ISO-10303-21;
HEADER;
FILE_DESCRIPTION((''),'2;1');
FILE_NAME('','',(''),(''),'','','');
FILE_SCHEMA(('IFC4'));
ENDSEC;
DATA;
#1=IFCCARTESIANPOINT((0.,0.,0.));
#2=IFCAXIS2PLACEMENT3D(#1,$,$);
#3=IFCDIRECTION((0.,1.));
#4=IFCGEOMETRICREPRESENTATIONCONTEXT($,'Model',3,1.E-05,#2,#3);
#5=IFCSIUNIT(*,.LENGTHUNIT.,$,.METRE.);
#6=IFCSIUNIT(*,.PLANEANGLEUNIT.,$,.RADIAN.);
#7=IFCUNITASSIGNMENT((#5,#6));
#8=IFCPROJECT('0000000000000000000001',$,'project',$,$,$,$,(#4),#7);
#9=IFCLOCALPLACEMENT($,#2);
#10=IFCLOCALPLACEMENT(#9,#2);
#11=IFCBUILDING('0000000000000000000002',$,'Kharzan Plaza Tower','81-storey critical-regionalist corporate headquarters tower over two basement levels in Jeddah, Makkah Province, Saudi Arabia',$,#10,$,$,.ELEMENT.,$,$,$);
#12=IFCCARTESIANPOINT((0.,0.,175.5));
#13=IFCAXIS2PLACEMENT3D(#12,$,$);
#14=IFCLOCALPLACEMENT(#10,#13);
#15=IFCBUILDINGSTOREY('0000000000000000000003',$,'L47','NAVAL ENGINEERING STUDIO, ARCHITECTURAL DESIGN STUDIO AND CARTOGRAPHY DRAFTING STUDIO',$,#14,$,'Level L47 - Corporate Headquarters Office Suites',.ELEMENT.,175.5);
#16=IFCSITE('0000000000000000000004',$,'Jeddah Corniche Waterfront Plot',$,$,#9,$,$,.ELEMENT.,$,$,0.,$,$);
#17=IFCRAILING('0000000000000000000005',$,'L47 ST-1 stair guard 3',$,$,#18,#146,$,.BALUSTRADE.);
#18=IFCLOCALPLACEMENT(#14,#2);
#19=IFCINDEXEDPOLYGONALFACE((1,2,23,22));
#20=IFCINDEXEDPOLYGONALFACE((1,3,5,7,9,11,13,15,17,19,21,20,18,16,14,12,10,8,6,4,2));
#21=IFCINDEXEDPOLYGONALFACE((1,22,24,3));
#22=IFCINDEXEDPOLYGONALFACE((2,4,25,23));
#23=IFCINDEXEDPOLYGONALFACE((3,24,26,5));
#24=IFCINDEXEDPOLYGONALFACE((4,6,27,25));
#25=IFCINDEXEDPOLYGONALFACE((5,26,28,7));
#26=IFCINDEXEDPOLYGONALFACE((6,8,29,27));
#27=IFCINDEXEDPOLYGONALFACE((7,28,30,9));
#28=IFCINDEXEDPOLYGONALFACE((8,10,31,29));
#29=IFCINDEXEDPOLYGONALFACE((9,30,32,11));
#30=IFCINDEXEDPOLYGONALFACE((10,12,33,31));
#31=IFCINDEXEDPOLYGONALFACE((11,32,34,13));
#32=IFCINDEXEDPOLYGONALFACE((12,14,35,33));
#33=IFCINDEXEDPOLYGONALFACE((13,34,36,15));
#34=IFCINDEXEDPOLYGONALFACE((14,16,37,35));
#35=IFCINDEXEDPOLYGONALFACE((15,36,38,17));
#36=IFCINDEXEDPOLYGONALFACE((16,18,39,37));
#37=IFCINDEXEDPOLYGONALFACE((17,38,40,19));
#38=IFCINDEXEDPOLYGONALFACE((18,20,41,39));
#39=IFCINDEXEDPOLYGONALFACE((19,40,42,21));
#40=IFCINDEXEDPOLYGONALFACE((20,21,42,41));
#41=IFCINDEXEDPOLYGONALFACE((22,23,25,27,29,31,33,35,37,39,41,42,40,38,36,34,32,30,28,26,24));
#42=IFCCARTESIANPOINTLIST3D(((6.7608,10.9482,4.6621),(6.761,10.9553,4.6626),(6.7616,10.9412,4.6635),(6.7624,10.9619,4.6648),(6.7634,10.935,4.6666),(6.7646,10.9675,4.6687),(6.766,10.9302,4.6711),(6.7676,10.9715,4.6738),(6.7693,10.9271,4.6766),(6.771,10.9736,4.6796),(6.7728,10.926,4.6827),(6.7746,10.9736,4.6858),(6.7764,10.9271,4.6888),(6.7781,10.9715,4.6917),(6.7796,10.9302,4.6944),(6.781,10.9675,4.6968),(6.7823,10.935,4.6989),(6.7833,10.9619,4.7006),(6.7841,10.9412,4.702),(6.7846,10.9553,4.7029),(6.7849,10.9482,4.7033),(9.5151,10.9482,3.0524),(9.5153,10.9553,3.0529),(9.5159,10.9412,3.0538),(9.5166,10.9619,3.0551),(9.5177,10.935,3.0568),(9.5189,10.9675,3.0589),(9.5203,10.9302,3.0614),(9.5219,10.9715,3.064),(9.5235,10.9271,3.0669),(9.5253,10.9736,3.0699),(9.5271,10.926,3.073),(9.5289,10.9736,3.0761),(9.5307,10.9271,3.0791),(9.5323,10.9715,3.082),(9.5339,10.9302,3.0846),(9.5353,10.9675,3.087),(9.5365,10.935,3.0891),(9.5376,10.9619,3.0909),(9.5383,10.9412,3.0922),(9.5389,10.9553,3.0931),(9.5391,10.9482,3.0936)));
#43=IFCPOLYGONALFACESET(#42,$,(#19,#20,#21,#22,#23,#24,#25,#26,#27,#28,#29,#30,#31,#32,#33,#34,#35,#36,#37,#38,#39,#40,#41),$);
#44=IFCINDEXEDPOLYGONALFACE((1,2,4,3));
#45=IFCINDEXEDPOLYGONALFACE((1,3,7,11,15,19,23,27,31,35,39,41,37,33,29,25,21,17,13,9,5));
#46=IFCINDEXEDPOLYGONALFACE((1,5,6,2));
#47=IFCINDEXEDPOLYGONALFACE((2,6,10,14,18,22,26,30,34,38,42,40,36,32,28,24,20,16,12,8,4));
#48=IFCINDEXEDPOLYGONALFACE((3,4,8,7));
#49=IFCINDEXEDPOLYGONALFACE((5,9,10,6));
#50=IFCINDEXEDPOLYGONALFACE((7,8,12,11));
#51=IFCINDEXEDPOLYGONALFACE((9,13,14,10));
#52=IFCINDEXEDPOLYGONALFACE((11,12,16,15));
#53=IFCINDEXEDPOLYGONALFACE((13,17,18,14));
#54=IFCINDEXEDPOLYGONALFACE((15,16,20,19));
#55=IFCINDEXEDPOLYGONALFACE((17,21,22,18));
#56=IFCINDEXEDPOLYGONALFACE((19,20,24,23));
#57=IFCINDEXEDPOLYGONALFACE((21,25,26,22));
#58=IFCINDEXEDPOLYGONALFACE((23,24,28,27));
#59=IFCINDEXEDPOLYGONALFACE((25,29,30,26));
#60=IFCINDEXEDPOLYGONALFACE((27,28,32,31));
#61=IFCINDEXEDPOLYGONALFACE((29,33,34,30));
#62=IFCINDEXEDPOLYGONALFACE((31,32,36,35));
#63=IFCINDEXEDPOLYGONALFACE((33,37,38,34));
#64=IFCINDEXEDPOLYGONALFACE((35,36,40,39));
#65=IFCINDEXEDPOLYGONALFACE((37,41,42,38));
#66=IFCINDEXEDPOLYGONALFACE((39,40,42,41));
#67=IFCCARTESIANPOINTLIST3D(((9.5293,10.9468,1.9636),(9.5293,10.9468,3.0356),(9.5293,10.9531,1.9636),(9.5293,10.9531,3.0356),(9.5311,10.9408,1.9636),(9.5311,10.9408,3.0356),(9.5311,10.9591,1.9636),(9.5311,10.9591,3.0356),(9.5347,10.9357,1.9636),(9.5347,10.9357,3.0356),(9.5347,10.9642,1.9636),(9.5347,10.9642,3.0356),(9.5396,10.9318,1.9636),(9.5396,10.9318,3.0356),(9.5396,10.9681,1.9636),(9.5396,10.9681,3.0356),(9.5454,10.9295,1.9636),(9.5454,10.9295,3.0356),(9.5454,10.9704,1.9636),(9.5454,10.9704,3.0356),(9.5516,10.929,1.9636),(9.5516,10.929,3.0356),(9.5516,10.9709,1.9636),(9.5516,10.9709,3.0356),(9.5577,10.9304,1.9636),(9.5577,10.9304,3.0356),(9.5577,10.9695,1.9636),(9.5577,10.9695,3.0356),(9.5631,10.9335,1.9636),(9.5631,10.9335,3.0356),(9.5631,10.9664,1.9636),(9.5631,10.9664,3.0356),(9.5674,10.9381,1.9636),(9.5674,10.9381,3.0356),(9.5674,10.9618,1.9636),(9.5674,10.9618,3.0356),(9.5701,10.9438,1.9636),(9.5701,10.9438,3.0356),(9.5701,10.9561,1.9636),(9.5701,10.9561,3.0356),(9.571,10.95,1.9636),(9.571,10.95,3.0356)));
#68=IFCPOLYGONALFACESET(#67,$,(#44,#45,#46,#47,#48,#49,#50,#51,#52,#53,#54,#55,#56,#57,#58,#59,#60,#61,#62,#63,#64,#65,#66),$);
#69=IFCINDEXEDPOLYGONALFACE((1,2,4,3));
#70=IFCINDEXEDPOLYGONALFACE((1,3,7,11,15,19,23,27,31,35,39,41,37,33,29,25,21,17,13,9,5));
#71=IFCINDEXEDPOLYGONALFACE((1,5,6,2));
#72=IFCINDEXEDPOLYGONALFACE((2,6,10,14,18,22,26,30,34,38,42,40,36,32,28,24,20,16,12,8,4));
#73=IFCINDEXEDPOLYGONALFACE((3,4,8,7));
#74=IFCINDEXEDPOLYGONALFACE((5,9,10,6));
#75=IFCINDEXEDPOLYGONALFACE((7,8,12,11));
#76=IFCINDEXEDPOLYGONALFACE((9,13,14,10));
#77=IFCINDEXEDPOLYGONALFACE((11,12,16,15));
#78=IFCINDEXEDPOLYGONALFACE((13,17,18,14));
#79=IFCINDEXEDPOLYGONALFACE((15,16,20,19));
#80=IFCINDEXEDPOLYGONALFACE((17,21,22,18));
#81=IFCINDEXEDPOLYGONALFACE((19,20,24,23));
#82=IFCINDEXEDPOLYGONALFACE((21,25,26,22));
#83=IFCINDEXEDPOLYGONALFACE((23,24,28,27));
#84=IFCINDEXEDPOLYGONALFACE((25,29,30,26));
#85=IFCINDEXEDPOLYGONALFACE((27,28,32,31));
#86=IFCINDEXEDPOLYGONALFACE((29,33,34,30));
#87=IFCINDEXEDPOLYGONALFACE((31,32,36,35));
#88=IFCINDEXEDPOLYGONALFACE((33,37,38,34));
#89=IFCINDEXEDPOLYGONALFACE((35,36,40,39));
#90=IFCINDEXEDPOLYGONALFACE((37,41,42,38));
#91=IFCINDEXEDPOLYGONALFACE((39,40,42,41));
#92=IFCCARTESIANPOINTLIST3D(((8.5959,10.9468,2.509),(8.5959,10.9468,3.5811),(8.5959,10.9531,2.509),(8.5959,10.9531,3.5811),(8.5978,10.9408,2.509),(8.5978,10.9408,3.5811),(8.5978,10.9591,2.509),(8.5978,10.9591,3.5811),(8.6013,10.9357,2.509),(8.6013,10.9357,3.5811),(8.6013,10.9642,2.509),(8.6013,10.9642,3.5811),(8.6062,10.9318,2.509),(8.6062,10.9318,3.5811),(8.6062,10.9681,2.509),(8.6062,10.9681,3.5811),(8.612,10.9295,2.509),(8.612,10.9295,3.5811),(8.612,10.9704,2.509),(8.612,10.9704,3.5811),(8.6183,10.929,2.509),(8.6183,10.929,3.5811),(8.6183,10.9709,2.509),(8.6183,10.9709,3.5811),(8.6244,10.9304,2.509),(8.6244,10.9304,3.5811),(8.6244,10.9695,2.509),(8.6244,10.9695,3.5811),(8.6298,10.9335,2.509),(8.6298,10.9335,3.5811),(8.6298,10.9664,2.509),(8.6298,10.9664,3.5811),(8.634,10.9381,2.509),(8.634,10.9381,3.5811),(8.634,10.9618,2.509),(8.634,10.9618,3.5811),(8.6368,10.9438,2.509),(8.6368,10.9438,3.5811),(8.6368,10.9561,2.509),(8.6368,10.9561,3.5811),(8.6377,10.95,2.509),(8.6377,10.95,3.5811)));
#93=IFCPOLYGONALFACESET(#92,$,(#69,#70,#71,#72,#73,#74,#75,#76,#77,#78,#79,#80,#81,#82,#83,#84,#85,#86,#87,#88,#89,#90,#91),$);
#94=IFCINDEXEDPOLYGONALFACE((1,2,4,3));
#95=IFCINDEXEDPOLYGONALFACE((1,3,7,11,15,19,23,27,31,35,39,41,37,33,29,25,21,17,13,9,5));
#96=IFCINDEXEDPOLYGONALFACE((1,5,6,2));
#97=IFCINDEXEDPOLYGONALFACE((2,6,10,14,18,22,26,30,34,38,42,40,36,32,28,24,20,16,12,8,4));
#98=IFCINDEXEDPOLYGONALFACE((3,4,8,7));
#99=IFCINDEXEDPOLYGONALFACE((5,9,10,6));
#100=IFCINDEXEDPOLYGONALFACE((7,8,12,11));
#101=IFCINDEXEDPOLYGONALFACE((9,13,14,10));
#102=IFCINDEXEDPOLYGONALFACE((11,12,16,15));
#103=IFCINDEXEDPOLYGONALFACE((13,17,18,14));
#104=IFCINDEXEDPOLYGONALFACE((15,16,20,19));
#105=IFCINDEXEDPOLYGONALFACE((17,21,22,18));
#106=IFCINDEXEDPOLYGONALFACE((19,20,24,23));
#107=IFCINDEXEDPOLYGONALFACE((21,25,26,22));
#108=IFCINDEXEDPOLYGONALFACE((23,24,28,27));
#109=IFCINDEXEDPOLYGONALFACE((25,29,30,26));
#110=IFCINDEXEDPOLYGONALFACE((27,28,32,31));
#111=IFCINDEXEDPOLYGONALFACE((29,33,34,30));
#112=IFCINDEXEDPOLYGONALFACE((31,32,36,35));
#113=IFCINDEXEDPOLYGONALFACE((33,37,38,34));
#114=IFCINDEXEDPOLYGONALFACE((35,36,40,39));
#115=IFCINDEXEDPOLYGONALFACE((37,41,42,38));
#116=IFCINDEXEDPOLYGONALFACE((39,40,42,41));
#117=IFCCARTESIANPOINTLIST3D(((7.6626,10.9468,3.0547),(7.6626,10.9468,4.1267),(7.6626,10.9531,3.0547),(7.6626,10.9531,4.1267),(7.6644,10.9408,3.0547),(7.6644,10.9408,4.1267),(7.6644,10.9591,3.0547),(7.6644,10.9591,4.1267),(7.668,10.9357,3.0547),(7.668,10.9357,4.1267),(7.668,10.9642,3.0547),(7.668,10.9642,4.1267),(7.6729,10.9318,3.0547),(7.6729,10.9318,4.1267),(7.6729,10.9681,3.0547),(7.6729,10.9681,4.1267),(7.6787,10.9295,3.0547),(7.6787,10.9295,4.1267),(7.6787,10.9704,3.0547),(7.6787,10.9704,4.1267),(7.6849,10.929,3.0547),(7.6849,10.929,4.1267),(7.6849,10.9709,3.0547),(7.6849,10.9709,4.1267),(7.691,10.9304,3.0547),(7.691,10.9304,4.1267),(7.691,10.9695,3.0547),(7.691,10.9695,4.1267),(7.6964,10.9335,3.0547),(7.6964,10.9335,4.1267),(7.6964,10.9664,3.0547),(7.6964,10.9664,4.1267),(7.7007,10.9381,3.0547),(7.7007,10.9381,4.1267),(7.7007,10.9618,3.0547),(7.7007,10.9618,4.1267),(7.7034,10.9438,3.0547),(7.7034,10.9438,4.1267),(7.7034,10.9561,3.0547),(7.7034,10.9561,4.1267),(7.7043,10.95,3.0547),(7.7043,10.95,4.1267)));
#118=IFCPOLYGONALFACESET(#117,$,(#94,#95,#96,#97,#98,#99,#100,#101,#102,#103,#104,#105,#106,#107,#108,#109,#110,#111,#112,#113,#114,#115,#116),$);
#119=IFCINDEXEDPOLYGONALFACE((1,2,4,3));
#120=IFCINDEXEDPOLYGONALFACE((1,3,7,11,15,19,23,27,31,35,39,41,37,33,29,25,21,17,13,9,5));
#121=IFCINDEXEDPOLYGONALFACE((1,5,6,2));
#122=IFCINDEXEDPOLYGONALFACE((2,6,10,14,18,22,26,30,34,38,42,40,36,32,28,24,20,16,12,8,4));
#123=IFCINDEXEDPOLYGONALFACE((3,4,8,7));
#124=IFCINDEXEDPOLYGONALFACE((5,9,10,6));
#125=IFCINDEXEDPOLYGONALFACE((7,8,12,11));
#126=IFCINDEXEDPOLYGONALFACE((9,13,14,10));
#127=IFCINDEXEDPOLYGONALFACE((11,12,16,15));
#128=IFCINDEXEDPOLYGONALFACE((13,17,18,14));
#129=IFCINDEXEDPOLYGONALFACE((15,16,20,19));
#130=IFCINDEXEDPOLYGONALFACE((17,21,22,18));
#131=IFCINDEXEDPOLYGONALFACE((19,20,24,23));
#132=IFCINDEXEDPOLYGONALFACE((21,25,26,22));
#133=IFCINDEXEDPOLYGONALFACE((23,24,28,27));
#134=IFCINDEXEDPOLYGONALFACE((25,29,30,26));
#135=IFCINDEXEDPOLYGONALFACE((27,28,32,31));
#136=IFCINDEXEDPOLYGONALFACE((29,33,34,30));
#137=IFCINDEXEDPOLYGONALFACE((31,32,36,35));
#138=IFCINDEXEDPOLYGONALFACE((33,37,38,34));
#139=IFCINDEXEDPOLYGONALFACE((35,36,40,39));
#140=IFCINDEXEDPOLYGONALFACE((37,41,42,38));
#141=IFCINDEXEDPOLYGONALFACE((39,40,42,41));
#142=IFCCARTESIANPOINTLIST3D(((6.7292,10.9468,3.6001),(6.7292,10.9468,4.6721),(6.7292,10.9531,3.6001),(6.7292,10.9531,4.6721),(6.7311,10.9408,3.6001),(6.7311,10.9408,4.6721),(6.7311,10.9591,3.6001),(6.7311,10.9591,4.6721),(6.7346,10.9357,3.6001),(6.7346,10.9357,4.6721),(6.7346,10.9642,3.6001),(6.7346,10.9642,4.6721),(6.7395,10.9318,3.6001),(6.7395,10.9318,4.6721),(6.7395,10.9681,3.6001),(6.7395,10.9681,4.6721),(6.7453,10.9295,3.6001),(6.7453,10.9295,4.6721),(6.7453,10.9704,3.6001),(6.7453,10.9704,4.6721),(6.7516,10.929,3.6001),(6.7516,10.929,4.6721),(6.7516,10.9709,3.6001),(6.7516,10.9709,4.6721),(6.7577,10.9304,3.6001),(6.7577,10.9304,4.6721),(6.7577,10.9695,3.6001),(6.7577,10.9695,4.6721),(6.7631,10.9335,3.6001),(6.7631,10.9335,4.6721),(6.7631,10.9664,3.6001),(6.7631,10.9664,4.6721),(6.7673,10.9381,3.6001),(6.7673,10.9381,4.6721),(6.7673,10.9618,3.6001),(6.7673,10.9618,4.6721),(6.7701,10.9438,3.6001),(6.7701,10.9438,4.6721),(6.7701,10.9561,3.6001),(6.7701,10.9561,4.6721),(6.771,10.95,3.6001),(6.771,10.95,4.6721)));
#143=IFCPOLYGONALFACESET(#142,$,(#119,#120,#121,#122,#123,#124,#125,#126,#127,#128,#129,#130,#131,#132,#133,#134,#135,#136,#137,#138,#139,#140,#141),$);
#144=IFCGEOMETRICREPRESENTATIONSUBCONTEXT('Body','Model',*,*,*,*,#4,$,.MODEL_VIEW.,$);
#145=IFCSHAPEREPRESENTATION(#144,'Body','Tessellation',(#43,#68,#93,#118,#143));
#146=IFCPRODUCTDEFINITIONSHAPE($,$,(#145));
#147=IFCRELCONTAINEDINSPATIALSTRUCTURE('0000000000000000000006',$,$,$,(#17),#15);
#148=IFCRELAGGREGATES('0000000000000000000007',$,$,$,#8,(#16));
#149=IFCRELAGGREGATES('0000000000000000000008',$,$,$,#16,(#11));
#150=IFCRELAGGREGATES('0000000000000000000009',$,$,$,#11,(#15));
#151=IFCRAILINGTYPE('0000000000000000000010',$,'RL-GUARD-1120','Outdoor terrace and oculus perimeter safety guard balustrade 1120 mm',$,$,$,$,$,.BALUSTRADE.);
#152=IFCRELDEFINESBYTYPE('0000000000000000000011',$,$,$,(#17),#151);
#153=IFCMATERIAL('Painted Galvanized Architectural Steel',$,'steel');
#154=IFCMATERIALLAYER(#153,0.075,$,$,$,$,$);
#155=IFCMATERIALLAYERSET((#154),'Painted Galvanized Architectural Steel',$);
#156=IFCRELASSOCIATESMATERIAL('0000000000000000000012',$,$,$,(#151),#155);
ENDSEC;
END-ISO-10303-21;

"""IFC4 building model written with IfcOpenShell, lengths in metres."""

from ifc_helpers import new_model, si_unit, direction, frame, origin, origin_2d, place, context, subcontext, project, spatial, circle, extrude, source, transform, mapped, material, layer, layer_set, type_object, element, save


model = new_model("IFC4")

# Units and contexts
model_context = context("Model", 3, precision=1e-05, world=origin(), true_north=direction((0.0, 1.0)))
body_context = subcontext(model_context, "Body", "Model", "MODEL_VIEW")
ifc_project = project(units=[si_unit("LENGTHUNIT", "METRE"), si_unit("PLANEANGLEUNIT", "RADIAN")], contexts=[model_context])

# Site, building, storey
site_placement = place(None, origin())
site = spatial("IfcSite", under=ifc_project, at=site_placement, Name="Jeddah Corniche Waterfront Plot", CompositionType="ELEMENT", RefElevation=0.0)
building_placement = place(site_placement, origin())
building = spatial("IfcBuilding", under=site, at=building_placement, Name="Kharzan Plaza Tower", Description="81-storey critical-regionalist corporate headquarters tower over two basement levels in Jeddah, Makkah Province, Saudi Arabia", CompositionType="ELEMENT")
storey_placement = place(building_placement, frame((0.0, 0.0, 175.5)))
storey = spatial("IfcBuildingStorey", under=building, at=storey_placement, Name="L47", Description="NAVAL ENGINEERING STUDIO, ARCHITECTURAL DESIGN STUDIO AND CARTOGRAPHY DRAFTING STUDIO", LongName="Level L47 - Corporate Headquarters Office Suites", CompositionType="ELEMENT", Elevation=175.5)

# Railing
ifc_material_1 = material(Name="Painted Galvanized Architectural Steel", Category="steel")
ifc_layer_1 = layer(ifc_material_1, 0.075)
ifc_layer_set_1 = layer_set([ifc_layer_1], Name="Painted Galvanized Architectural Steel")
railing_type = type_object("IfcRailingType", Name="RL-GUARD-1120", Description="Outdoor terrace and oculus perimeter safety guard balustrade 1120 mm", PredefinedType="BALUSTRADE", material=ifc_layer_set_1)
shared_shape_1 = source(origin(), body_context, "Body", "SweptSolid", [
    extrude(circle(Radius=0.0239, at=origin_2d()), frame((-0.0229, 0.0, 1.1094), z_axis=(-0.863361, 0.0, 0.504587), x_axis=(0.0, -1.0, 0.0)), (0.0, 0.0, 1.0), 3.1902),
    extrude(circle(Radius=0.021, at=origin_2d()), origin(), (0.0, 0.0, 1.0), 1.072),
    extrude(circle(Radius=0.021, at=origin_2d()), frame((-0.9333, 0.0, 0.5454)), (0.0, 0.0, 1.0), 1.072),
    extrude(circle(Radius=0.021, at=origin_2d()), frame((-1.8667, 0.0, 1.0911)), (0.0, 0.0, 1.0), 1.072),
    extrude(circle(Radius=0.021, at=origin_2d()), frame((-2.8, 0.0, 1.6365)), (0.0, 0.0, 1.0), 1.072),
])
railing_1_placement = place(storey_placement, frame((9.55, 10.95, 1.9636)))
element("IfcRailing", 1, at=railing_1_placement, inside=storey, type_object=railing_type, Name="L47 ST-1 stair guard 3", PredefinedType="BALUSTRADE", context=body_context, shape_type="MappedRepresentation", body=[
    mapped(shared_shape_1, transform((0.0, 0.0, 0.0), x_axis=(1.0, 0.0, 0.0), y_axis=(0.0, 1.0, 0.0), z_axis=(0.0, 0.0, 1.0))),
])

save(model, "model.ifc")
